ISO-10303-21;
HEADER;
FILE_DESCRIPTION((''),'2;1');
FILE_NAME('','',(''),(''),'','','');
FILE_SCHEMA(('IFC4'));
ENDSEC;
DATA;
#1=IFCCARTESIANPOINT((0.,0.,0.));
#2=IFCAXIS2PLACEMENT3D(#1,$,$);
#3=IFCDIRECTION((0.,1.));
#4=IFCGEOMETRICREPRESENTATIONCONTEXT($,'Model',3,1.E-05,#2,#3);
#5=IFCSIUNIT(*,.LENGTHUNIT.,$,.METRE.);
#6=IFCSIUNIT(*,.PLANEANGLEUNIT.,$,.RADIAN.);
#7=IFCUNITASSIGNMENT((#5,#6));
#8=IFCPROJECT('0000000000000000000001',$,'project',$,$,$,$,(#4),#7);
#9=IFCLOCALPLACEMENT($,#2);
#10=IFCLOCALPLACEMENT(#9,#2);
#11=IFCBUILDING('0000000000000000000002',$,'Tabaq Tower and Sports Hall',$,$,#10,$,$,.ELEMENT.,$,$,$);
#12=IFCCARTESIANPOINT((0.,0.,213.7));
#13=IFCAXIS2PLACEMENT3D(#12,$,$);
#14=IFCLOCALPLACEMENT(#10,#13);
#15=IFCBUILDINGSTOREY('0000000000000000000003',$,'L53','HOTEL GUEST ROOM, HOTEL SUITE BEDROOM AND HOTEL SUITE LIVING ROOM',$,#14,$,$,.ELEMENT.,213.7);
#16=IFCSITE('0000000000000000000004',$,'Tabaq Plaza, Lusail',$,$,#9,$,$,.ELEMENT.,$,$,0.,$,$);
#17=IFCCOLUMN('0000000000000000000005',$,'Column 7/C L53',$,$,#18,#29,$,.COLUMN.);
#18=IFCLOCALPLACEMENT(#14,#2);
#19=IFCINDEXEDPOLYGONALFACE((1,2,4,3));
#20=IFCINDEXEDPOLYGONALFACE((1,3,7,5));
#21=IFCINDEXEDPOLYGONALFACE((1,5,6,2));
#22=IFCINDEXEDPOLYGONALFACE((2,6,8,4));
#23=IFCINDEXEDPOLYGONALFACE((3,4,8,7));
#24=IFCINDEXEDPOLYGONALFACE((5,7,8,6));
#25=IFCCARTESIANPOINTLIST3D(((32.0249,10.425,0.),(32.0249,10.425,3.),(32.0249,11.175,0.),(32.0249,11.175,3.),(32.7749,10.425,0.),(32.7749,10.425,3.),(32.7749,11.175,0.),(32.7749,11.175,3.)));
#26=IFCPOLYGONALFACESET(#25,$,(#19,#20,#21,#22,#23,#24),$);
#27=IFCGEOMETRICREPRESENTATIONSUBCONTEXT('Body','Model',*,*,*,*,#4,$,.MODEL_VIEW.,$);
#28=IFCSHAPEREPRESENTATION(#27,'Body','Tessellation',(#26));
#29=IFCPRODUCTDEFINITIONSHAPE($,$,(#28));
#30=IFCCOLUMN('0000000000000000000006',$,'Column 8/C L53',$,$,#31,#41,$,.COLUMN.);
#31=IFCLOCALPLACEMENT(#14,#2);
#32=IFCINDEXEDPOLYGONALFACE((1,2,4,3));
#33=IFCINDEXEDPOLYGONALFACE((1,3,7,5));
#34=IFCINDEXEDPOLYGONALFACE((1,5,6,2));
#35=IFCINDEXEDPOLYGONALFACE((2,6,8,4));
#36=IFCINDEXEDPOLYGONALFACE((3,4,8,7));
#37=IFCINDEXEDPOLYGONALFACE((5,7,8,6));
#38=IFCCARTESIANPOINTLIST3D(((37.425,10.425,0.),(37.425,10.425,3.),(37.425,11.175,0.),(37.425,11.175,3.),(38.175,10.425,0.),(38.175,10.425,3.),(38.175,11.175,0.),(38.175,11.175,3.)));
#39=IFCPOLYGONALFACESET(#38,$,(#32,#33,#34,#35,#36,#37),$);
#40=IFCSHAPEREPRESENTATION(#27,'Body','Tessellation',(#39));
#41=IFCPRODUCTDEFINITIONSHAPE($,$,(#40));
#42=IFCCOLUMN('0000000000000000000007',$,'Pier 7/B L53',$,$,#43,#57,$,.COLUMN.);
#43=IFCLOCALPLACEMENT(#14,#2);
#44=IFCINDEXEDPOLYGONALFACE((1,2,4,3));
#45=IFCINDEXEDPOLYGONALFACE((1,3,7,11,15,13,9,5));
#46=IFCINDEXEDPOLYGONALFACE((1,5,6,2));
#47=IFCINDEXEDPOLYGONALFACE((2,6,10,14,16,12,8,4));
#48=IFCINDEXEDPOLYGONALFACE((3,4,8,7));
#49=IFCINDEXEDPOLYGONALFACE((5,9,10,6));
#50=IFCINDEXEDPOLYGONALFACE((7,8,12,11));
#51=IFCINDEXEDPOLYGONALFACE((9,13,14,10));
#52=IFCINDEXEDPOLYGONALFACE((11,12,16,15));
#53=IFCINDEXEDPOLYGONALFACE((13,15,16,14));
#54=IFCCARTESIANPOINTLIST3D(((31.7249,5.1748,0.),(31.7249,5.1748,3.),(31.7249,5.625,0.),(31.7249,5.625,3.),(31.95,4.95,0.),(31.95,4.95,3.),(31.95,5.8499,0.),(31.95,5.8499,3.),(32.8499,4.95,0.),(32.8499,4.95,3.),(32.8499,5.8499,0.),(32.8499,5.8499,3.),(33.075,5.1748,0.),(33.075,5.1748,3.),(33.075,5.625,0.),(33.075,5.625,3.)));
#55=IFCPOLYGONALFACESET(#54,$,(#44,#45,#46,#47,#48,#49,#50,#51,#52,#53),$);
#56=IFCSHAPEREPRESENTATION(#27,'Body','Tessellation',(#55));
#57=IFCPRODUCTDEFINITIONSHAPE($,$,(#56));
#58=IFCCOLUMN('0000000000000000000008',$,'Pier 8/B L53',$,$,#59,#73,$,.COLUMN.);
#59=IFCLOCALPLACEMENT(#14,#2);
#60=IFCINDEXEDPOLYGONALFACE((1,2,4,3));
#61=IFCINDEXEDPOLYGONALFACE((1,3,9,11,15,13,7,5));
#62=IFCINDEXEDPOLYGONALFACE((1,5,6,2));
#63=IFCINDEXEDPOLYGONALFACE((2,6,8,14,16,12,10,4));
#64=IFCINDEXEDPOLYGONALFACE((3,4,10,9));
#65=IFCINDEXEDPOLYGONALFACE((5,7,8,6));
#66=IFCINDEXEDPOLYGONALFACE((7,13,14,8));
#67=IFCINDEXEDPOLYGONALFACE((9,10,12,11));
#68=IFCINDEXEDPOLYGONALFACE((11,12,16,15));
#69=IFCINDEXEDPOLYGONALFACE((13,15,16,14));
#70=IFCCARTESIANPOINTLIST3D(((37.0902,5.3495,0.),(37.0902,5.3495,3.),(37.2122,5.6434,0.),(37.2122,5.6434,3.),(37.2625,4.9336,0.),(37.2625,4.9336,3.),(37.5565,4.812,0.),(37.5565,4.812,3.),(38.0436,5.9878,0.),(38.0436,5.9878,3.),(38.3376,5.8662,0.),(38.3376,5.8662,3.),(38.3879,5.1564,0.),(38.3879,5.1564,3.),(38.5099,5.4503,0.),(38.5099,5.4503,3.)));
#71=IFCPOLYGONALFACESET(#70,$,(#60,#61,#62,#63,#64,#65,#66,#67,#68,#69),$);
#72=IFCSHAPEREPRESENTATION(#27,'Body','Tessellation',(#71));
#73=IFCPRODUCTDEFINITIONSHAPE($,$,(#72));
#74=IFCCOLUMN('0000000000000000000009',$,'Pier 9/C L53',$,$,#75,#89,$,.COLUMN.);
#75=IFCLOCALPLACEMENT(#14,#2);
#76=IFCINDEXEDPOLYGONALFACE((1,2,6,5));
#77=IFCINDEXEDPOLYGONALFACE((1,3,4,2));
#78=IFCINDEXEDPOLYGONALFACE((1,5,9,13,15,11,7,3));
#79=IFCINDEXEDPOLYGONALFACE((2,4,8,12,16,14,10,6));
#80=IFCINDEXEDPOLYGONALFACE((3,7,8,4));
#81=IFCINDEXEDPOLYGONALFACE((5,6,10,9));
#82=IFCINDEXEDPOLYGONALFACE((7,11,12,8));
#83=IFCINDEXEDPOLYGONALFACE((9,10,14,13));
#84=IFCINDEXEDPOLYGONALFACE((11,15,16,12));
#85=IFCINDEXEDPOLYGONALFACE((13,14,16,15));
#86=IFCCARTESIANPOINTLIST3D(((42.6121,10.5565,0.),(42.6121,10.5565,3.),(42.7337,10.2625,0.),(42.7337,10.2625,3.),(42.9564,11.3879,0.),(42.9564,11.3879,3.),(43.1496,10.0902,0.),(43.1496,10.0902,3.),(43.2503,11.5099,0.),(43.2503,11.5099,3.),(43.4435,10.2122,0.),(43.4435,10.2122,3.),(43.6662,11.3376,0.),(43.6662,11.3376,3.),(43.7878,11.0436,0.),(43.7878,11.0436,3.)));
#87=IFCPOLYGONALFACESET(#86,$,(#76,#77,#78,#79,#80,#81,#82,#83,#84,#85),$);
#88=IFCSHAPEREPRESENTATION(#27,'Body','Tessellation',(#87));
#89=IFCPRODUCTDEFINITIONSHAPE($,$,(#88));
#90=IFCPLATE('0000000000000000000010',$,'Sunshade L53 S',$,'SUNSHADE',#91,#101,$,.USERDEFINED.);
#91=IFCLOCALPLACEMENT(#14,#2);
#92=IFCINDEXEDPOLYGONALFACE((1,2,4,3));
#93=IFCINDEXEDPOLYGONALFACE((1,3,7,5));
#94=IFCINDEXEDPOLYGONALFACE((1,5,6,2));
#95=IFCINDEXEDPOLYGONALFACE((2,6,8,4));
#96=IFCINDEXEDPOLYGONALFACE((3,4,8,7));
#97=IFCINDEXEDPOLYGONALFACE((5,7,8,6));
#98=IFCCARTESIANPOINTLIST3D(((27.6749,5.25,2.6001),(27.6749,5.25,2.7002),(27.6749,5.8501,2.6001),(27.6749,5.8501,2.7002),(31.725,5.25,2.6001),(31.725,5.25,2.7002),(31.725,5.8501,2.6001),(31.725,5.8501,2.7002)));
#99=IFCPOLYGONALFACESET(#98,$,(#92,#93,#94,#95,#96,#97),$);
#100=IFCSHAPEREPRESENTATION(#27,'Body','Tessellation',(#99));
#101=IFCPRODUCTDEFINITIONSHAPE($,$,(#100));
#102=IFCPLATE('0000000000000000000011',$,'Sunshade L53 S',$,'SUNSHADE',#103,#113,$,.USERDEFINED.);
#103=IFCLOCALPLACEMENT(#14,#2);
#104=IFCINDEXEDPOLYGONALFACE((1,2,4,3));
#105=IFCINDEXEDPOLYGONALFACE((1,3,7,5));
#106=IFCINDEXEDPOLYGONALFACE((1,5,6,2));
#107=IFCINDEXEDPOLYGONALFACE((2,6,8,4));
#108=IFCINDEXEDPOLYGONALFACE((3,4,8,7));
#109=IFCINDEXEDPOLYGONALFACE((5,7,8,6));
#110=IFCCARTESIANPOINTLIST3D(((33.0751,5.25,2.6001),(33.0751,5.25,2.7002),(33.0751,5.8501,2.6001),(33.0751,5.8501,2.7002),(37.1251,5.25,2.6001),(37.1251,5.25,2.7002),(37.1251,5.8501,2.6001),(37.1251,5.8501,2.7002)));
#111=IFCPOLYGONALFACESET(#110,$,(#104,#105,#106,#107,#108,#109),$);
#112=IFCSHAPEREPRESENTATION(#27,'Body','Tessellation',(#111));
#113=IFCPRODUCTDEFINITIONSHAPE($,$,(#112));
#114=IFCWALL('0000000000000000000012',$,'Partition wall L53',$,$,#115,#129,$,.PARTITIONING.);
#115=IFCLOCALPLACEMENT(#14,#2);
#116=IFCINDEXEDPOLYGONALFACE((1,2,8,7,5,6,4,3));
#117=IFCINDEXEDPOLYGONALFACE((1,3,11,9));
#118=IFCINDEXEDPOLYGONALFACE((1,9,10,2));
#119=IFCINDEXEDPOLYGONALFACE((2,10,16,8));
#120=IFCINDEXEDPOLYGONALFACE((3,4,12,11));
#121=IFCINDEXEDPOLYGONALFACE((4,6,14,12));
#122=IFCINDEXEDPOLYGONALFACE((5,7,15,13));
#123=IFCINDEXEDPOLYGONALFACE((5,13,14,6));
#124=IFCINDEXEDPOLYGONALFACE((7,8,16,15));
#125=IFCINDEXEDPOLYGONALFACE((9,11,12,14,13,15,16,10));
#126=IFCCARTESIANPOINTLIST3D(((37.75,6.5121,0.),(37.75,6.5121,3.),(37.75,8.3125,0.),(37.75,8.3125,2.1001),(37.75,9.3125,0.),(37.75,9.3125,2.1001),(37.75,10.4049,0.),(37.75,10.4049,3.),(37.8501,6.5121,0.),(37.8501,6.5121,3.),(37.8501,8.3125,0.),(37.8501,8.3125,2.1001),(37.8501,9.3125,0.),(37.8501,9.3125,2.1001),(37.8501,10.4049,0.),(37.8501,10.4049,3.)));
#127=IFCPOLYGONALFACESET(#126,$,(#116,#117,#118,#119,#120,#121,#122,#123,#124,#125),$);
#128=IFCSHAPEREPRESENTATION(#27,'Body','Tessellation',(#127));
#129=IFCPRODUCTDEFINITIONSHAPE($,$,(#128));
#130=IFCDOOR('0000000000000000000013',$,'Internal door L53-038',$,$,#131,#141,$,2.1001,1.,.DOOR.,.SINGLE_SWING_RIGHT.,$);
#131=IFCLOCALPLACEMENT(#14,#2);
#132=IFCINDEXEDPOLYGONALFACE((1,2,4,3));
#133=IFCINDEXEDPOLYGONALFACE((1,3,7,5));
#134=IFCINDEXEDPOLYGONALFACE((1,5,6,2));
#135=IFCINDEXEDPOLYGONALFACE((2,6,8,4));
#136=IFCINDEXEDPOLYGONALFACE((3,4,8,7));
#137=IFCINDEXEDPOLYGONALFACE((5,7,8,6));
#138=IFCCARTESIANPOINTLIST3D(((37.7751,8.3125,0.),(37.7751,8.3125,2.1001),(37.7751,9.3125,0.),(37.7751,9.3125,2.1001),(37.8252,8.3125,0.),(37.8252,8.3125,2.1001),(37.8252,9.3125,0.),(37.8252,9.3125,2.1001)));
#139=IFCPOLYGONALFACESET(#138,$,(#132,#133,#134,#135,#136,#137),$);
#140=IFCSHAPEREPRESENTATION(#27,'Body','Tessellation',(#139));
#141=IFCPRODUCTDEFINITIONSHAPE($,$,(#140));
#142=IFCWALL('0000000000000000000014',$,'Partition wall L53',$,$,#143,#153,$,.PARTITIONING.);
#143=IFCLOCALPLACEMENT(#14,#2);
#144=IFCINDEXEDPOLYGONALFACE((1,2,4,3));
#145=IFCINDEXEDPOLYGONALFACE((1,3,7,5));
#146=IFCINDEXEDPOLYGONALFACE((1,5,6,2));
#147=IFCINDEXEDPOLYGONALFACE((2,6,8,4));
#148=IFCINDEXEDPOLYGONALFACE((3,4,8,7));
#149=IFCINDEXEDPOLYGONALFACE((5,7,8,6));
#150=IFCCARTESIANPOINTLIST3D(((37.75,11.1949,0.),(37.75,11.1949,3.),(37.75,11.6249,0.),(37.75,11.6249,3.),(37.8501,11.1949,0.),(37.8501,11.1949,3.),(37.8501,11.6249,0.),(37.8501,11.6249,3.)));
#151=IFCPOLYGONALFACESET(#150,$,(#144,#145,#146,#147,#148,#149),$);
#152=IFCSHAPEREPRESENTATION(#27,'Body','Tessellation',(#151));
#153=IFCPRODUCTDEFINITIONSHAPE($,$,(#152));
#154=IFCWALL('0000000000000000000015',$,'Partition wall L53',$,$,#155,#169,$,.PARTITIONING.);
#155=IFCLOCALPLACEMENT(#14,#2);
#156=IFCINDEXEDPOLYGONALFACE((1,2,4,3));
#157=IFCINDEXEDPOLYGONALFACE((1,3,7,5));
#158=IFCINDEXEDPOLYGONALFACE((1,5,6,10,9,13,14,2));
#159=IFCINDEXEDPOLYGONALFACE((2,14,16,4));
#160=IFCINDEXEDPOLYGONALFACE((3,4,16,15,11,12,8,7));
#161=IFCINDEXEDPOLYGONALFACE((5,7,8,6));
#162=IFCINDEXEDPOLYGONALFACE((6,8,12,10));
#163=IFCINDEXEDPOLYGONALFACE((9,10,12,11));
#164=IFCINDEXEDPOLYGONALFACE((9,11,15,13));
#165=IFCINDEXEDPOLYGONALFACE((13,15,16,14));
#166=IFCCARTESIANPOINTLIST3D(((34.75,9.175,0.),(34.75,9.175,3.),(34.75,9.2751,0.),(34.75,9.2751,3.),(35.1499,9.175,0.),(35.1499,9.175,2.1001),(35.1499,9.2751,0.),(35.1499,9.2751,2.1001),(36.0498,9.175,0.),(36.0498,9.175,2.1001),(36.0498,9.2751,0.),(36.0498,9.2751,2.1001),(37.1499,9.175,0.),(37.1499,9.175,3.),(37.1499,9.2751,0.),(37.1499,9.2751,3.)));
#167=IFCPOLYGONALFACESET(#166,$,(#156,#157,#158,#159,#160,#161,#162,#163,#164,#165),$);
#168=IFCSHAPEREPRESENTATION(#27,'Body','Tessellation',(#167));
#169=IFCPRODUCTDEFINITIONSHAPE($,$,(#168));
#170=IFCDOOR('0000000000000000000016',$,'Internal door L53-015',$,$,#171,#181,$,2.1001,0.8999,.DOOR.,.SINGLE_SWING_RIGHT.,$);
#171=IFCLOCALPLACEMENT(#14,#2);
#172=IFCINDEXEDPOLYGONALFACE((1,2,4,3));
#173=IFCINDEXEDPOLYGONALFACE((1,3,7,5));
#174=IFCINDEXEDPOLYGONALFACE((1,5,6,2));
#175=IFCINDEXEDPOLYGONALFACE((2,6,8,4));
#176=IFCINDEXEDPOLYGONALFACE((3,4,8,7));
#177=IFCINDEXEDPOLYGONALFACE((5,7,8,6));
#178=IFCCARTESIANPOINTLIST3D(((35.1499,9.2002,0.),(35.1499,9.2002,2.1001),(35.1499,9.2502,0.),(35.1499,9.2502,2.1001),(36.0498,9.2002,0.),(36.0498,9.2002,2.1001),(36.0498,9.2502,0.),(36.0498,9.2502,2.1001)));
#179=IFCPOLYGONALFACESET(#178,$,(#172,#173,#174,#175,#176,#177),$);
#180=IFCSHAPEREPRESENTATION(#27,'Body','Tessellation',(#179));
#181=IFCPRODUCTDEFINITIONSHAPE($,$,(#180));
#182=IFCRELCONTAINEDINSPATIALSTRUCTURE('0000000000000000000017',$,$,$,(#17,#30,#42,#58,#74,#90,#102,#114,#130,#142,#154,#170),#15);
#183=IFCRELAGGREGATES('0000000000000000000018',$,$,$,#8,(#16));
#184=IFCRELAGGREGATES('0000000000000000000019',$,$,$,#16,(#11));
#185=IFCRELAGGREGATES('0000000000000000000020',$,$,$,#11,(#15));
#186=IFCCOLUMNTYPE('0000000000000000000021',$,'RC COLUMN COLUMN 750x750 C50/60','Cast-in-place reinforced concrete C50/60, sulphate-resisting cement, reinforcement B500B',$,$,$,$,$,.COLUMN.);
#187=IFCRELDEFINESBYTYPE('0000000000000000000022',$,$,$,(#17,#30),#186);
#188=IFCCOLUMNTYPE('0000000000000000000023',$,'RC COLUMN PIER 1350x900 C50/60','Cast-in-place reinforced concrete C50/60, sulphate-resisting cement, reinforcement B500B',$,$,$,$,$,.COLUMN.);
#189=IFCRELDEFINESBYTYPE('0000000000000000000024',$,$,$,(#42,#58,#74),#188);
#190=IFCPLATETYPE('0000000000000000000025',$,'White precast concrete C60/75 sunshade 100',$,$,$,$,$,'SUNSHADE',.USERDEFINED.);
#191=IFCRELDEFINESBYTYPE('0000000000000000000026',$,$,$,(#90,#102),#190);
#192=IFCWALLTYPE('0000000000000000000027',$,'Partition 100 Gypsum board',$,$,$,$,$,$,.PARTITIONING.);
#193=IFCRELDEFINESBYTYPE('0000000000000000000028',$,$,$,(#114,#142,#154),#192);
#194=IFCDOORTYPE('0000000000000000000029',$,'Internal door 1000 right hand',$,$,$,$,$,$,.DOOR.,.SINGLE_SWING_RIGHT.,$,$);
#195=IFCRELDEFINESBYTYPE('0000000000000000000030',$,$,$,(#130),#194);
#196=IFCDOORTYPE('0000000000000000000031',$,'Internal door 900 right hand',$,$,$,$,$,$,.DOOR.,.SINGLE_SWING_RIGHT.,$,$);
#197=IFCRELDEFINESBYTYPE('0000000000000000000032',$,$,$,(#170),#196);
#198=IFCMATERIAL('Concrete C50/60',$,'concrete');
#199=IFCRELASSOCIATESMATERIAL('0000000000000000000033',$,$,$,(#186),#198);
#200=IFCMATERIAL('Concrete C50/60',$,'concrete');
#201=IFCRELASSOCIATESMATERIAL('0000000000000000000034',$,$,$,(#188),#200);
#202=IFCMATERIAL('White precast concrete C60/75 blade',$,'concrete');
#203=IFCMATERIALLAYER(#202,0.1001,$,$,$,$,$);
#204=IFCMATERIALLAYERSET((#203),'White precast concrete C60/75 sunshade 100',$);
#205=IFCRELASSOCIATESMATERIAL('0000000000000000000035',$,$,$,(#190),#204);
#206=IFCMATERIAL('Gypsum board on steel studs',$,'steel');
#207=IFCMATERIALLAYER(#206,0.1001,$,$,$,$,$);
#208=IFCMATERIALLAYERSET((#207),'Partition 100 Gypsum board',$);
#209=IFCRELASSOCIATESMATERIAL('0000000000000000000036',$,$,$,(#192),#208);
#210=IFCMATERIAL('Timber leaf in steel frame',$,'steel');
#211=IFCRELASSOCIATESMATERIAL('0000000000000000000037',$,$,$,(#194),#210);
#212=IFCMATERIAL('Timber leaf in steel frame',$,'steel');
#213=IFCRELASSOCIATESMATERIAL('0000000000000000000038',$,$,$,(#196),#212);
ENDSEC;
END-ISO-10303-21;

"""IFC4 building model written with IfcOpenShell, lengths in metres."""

from ifc_helpers import new_model, si_unit, direction, frame, frame_2d, origin, origin_2d, place, context, subcontext, project, spatial, polyline, rectangle, outline, extrude, material, layer, layer_set, material_profile, profile_set, type_object, element, fill, save


model = new_model("IFC4")

# Units and contexts
model_context = context("Model", 3, precision=1e-05, world=origin(), true_north=direction((0.0, 1.0)))
body_context = subcontext(model_context, "Body", "Model", "MODEL_VIEW")
ifc_project = project(units=[si_unit("LENGTHUNIT", "METRE"), si_unit("PLANEANGLEUNIT", "RADIAN")], contexts=[model_context])

# Site, building, storey
site_placement = place(None, origin())
site = spatial("IfcSite", under=ifc_project, at=site_placement, Name="Tabaq Plaza, Lusail", CompositionType="ELEMENT", RefElevation=0.0)
building_placement = place(site_placement, origin())
building = spatial("IfcBuilding", under=site, at=building_placement, Name="Tabaq Tower and Sports Hall", CompositionType="ELEMENT")
storey_placement = place(building_placement, frame((0.0, 0.0, 213.7)))
storey = spatial("IfcBuildingStorey", under=building, at=storey_placement, Name="L53", Description="HOTEL GUEST ROOM, HOTEL SUITE BEDROOM AND HOTEL SUITE LIVING ROOM", CompositionType="ELEMENT", Elevation=213.7)

# Columns
ifc_material_1 = material(Name="Concrete C50/60", Category="concrete")
ifc_material_profile_1 = material_profile(ifc_material_1, rectangle(XDim=0.75, YDim=0.75, at=origin_2d()), Name="COLUMN 750x750")
ifc_profile_set_1 = profile_set([ifc_material_profile_1], Name="Concrete C50/60")
column_type_1 = type_object("IfcColumnType", Name="RC COLUMN COLUMN 750x750 C50/60", Description="Cast-in-place reinforced concrete C50/60, sulphate-resisting cement, reinforcement B500B", PredefinedType="COLUMN", material=ifc_profile_set_1)
for number, where, z_axis, x_axis, name in (
    (1, (32.3999, 10.8, 0.0), (0.0, 0.0, 1.0), (1.0, 0.0, 0.0), "Column 7/C L53"),
    (2, (37.8, 10.8, 0.0), (0.0, 0.0, 1.0), (1.0, 0.0, 0.0), "Column 8/C L53"),
):
    element("IfcColumn", number, at=place(storey_placement, frame(where, z_axis=z_axis, x_axis=x_axis)), inside=storey, type_object=column_type_1, Name=name, PredefinedType="COLUMN", context=body_context, shape_type="SweptSolid", body=[
        extrude(rectangle(XDim=0.75, YDim=0.75, at=origin_2d()), origin(), (0.0, 0.0, 1.0), 3.0),
    ])
ifc_material_2 = material(Name="Concrete C50/60", Category="concrete")
ifc_material_profile_2 = material_profile(ifc_material_2, outline(polyline([(-0.45, -0.45), (0.45, -0.45), (0.675, -0.2251), (0.675, 0.2251), (0.45, 0.45), (-0.45, 0.45), (-0.675, 0.2251), (-0.675, -0.2251), (-0.45, -0.45)])), Name="PIER 1350x900")
ifc_profile_set_2 = profile_set([ifc_material_profile_2], Name="Concrete C50/60")
column_type_2 = type_object("IfcColumnType", Name="RC COLUMN PIER 1350x900 C50/60", Description="Cast-in-place reinforced concrete C50/60, sulphate-resisting cement, reinforcement B500B", PredefinedType="COLUMN", material=ifc_profile_set_2)
for number, where, z_axis, x_axis, name in (
    (3, (32.3999, 5.3999, 0.0), (0.0, 0.0, 1.0), (1.0, 0.0, 0.0), "Pier 7/B L53"),
    (4, (37.8, 5.3999, 0.0), (0.0, 0.0, 1.0), (0.92388, 0.382683, 0.0), "Pier 8/B L53"),
    (5, (43.2, 10.8, 0.0), (0.0, 0.0, 1.0), (0.382683, 0.92388, 0.0), "Pier 9/C L53"),
):
    element("IfcColumn", number, at=place(storey_placement, frame(where, z_axis=z_axis, x_axis=x_axis)), inside=storey, type_object=column_type_2, Name=name, PredefinedType="COLUMN", context=body_context, shape_type="SweptSolid", body=[
        extrude(outline(polyline([(-0.45, -0.45), (0.45, -0.45), (0.675, -0.2251), (0.675, 0.2251), (0.45, 0.45), (-0.45, 0.45), (-0.675, 0.2251), (-0.675, -0.2251), (-0.45, -0.45)])), origin(), (0.0, 0.0, 1.0), 3.0),
    ])

# Plates
ifc_material_3 = material(Name="White precast concrete C60/75 blade", Category="concrete")
ifc_layer_1 = layer(ifc_material_3, 0.1001)
ifc_layer_set_1 = layer_set([ifc_layer_1], Name="White precast concrete C60/75 sunshade 100")
plate_type = type_object("IfcPlateType", Name="White precast concrete C60/75 sunshade 100", ElementType="SUNSHADE", PredefinedType="USERDEFINED", material=ifc_layer_set_1)
for number, where, z_axis, x_axis, name in (
    (6, (29.7, 5.55, 2.6001), (0.0, 0.0, 1.0), (1.0, 0.0, 0.0), "Sunshade L53 S"),
    (7, (35.1001, 5.55, 2.6001), (0.0, 0.0, 1.0), (1.0, 0.0, 0.0), "Sunshade L53 S"),
):
    element("IfcPlate", number, at=place(storey_placement, frame(where, z_axis=z_axis, x_axis=x_axis)), inside=storey, type_object=plate_type, Name=name, ObjectType="SUNSHADE", PredefinedType="USERDEFINED", context=body_context, shape_type="SweptSolid", body=[
        extrude(rectangle(XDim=4.05, YDim=0.6001, at=origin_2d()), origin(), (0.0, 0.0, 1.0), 0.1001),
    ])

# Wall, opening, door
ifc_material_4 = material(Name="Gypsum board on steel studs", Category="steel")
ifc_layer_2 = layer(ifc_material_4, 0.1001)
ifc_layer_set_2 = layer_set([ifc_layer_2], Name="Partition 100 Gypsum board")
wall_type_1 = type_object("IfcWallType", Name="Partition 100 Gypsum board", PredefinedType="PARTITIONING", material=ifc_layer_set_2)
wall_1_placement = place(storey_placement, frame((37.8, 6.5122, 0.0), z_axis=(0.0, 0.0, 1.0), x_axis=(0.0, 1.0, 0.0)))
wall_1 = element("IfcWall", 8, at=wall_1_placement, inside=storey, type_object=wall_type_1, Name="Partition wall L53", PredefinedType="PARTITIONING", context=body_context, shape_type="SweptSolid", body=[
    extrude(rectangle(XDim=3.8928, YDim=0.1001, at=frame_2d((1.9463, 0.0))), origin(), (0.0, 0.0, 1.0), 3.0),
])
opening_1_placement = place(wall_1_placement, frame((1.8003, 0.0, 0.0)))
opening_1 = element("IfcOpeningElement", 9, at=opening_1_placement, cuts=wall_1, PredefinedType="OPENING", context=body_context, shape_type="SweptSolid", body=[
    extrude(rectangle(XDim=1.0, YDim=2.1001, at=frame_2d((0.5, 1.05))), frame((0.0, 0.05, 0.0), z_axis=(0.0, -1.0, 0.0), x_axis=(1.0, 0.0, 0.0)), (0.0, 0.0, 1.0), 0.1001),
])
ifc_material_5 = material(Name="Timber leaf in steel frame", Category="steel")
door_type_1 = type_object("IfcDoorType", Name="Internal door 1000 right hand", OperationType="SINGLE_SWING_RIGHT", PredefinedType="DOOR", material=ifc_material_5)
door_1_placement = place(opening_1_placement, origin())
door_1 = element("IfcDoor", 10, at=door_1_placement, inside=storey, type_object=door_type_1, Name="Internal door L53-038", OperationType="SINGLE_SWING_RIGHT", OverallHeight=2.1001, OverallWidth=1.0, PredefinedType="DOOR", context=body_context, shape_type="SweptSolid", body=[
    extrude(rectangle(XDim=1.0, YDim=2.1001, at=frame_2d((0.5, 1.05))), frame((0.0, 0.0249, 0.0), z_axis=(0.0, -1.0, 0.0), x_axis=(1.0, 0.0, 0.0)), (0.0, 0.0, 1.0), 0.05),
])
fill(opening_1, door_1)

# Wall
wall_2_placement = place(storey_placement, frame((37.8, 11.1951, 0.0), z_axis=(0.0, 0.0, 1.0), x_axis=(0.0, 1.0, 0.0)))
element("IfcWall", 11, at=wall_2_placement, inside=storey, type_object=wall_type_1, Name="Partition wall L53", PredefinedType="PARTITIONING", context=body_context, shape_type="SweptSolid", body=[
    extrude(rectangle(XDim=0.4299, YDim=0.1001, at=frame_2d((0.2148, 0.0))), origin(), (0.0, 0.0, 1.0), 3.0),
])

# Wall, opening, door
wall_3_placement = place(storey_placement, frame((37.1499, 9.2251, 0.0), z_axis=(0.0, 0.0, 1.0), x_axis=(-1.0, 0.0, 0.0)))
wall_3 = element("IfcWall", 12, at=wall_3_placement, inside=storey, type_object=wall_type_1, Name="Partition wall L53", PredefinedType="PARTITIONING", context=body_context, shape_type="SweptSolid", body=[
    extrude(rectangle(XDim=2.3999, YDim=0.1001, at=frame_2d((1.2, 0.0))), origin(), (0.0, 0.0, 1.0), 3.0),
])
opening_2_placement = place(wall_3_placement, frame((1.1001, 0.0, 0.0)))
opening_2 = element("IfcOpeningElement", 13, at=opening_2_placement, cuts=wall_3, PredefinedType="OPENING", context=body_context, shape_type="SweptSolid", body=[
    extrude(rectangle(XDim=0.8999, YDim=2.1001, at=frame_2d((0.45, 1.05))), frame((0.0, 0.05, 0.0), z_axis=(0.0, -1.0, 0.0), x_axis=(1.0, 0.0, 0.0)), (0.0, 0.0, 1.0), 0.1001),
])
ifc_material_6 = material(Name="Timber leaf in steel frame", Category="steel")
door_type_2 = type_object("IfcDoorType", Name="Internal door 900 right hand", OperationType="SINGLE_SWING_RIGHT", PredefinedType="DOOR", material=ifc_material_6)
door_2_placement = place(opening_2_placement, origin())
door_2 = element("IfcDoor", 14, at=door_2_placement, inside=storey, type_object=door_type_2, Name="Internal door L53-015", OperationType="SINGLE_SWING_RIGHT", OverallHeight=2.1001, OverallWidth=0.8999, PredefinedType="DOOR", context=body_context, shape_type="SweptSolid", body=[
    extrude(rectangle(XDim=0.8999, YDim=2.1001, at=frame_2d((0.45, 1.05))), frame((0.0, 0.0249, 0.0), z_axis=(0.0, -1.0, 0.0), x_axis=(1.0, 0.0, 0.0)), (0.0, 0.0, 1.0), 0.05),
])
fill(opening_2, door_2)

save(model, "model.ifc")
